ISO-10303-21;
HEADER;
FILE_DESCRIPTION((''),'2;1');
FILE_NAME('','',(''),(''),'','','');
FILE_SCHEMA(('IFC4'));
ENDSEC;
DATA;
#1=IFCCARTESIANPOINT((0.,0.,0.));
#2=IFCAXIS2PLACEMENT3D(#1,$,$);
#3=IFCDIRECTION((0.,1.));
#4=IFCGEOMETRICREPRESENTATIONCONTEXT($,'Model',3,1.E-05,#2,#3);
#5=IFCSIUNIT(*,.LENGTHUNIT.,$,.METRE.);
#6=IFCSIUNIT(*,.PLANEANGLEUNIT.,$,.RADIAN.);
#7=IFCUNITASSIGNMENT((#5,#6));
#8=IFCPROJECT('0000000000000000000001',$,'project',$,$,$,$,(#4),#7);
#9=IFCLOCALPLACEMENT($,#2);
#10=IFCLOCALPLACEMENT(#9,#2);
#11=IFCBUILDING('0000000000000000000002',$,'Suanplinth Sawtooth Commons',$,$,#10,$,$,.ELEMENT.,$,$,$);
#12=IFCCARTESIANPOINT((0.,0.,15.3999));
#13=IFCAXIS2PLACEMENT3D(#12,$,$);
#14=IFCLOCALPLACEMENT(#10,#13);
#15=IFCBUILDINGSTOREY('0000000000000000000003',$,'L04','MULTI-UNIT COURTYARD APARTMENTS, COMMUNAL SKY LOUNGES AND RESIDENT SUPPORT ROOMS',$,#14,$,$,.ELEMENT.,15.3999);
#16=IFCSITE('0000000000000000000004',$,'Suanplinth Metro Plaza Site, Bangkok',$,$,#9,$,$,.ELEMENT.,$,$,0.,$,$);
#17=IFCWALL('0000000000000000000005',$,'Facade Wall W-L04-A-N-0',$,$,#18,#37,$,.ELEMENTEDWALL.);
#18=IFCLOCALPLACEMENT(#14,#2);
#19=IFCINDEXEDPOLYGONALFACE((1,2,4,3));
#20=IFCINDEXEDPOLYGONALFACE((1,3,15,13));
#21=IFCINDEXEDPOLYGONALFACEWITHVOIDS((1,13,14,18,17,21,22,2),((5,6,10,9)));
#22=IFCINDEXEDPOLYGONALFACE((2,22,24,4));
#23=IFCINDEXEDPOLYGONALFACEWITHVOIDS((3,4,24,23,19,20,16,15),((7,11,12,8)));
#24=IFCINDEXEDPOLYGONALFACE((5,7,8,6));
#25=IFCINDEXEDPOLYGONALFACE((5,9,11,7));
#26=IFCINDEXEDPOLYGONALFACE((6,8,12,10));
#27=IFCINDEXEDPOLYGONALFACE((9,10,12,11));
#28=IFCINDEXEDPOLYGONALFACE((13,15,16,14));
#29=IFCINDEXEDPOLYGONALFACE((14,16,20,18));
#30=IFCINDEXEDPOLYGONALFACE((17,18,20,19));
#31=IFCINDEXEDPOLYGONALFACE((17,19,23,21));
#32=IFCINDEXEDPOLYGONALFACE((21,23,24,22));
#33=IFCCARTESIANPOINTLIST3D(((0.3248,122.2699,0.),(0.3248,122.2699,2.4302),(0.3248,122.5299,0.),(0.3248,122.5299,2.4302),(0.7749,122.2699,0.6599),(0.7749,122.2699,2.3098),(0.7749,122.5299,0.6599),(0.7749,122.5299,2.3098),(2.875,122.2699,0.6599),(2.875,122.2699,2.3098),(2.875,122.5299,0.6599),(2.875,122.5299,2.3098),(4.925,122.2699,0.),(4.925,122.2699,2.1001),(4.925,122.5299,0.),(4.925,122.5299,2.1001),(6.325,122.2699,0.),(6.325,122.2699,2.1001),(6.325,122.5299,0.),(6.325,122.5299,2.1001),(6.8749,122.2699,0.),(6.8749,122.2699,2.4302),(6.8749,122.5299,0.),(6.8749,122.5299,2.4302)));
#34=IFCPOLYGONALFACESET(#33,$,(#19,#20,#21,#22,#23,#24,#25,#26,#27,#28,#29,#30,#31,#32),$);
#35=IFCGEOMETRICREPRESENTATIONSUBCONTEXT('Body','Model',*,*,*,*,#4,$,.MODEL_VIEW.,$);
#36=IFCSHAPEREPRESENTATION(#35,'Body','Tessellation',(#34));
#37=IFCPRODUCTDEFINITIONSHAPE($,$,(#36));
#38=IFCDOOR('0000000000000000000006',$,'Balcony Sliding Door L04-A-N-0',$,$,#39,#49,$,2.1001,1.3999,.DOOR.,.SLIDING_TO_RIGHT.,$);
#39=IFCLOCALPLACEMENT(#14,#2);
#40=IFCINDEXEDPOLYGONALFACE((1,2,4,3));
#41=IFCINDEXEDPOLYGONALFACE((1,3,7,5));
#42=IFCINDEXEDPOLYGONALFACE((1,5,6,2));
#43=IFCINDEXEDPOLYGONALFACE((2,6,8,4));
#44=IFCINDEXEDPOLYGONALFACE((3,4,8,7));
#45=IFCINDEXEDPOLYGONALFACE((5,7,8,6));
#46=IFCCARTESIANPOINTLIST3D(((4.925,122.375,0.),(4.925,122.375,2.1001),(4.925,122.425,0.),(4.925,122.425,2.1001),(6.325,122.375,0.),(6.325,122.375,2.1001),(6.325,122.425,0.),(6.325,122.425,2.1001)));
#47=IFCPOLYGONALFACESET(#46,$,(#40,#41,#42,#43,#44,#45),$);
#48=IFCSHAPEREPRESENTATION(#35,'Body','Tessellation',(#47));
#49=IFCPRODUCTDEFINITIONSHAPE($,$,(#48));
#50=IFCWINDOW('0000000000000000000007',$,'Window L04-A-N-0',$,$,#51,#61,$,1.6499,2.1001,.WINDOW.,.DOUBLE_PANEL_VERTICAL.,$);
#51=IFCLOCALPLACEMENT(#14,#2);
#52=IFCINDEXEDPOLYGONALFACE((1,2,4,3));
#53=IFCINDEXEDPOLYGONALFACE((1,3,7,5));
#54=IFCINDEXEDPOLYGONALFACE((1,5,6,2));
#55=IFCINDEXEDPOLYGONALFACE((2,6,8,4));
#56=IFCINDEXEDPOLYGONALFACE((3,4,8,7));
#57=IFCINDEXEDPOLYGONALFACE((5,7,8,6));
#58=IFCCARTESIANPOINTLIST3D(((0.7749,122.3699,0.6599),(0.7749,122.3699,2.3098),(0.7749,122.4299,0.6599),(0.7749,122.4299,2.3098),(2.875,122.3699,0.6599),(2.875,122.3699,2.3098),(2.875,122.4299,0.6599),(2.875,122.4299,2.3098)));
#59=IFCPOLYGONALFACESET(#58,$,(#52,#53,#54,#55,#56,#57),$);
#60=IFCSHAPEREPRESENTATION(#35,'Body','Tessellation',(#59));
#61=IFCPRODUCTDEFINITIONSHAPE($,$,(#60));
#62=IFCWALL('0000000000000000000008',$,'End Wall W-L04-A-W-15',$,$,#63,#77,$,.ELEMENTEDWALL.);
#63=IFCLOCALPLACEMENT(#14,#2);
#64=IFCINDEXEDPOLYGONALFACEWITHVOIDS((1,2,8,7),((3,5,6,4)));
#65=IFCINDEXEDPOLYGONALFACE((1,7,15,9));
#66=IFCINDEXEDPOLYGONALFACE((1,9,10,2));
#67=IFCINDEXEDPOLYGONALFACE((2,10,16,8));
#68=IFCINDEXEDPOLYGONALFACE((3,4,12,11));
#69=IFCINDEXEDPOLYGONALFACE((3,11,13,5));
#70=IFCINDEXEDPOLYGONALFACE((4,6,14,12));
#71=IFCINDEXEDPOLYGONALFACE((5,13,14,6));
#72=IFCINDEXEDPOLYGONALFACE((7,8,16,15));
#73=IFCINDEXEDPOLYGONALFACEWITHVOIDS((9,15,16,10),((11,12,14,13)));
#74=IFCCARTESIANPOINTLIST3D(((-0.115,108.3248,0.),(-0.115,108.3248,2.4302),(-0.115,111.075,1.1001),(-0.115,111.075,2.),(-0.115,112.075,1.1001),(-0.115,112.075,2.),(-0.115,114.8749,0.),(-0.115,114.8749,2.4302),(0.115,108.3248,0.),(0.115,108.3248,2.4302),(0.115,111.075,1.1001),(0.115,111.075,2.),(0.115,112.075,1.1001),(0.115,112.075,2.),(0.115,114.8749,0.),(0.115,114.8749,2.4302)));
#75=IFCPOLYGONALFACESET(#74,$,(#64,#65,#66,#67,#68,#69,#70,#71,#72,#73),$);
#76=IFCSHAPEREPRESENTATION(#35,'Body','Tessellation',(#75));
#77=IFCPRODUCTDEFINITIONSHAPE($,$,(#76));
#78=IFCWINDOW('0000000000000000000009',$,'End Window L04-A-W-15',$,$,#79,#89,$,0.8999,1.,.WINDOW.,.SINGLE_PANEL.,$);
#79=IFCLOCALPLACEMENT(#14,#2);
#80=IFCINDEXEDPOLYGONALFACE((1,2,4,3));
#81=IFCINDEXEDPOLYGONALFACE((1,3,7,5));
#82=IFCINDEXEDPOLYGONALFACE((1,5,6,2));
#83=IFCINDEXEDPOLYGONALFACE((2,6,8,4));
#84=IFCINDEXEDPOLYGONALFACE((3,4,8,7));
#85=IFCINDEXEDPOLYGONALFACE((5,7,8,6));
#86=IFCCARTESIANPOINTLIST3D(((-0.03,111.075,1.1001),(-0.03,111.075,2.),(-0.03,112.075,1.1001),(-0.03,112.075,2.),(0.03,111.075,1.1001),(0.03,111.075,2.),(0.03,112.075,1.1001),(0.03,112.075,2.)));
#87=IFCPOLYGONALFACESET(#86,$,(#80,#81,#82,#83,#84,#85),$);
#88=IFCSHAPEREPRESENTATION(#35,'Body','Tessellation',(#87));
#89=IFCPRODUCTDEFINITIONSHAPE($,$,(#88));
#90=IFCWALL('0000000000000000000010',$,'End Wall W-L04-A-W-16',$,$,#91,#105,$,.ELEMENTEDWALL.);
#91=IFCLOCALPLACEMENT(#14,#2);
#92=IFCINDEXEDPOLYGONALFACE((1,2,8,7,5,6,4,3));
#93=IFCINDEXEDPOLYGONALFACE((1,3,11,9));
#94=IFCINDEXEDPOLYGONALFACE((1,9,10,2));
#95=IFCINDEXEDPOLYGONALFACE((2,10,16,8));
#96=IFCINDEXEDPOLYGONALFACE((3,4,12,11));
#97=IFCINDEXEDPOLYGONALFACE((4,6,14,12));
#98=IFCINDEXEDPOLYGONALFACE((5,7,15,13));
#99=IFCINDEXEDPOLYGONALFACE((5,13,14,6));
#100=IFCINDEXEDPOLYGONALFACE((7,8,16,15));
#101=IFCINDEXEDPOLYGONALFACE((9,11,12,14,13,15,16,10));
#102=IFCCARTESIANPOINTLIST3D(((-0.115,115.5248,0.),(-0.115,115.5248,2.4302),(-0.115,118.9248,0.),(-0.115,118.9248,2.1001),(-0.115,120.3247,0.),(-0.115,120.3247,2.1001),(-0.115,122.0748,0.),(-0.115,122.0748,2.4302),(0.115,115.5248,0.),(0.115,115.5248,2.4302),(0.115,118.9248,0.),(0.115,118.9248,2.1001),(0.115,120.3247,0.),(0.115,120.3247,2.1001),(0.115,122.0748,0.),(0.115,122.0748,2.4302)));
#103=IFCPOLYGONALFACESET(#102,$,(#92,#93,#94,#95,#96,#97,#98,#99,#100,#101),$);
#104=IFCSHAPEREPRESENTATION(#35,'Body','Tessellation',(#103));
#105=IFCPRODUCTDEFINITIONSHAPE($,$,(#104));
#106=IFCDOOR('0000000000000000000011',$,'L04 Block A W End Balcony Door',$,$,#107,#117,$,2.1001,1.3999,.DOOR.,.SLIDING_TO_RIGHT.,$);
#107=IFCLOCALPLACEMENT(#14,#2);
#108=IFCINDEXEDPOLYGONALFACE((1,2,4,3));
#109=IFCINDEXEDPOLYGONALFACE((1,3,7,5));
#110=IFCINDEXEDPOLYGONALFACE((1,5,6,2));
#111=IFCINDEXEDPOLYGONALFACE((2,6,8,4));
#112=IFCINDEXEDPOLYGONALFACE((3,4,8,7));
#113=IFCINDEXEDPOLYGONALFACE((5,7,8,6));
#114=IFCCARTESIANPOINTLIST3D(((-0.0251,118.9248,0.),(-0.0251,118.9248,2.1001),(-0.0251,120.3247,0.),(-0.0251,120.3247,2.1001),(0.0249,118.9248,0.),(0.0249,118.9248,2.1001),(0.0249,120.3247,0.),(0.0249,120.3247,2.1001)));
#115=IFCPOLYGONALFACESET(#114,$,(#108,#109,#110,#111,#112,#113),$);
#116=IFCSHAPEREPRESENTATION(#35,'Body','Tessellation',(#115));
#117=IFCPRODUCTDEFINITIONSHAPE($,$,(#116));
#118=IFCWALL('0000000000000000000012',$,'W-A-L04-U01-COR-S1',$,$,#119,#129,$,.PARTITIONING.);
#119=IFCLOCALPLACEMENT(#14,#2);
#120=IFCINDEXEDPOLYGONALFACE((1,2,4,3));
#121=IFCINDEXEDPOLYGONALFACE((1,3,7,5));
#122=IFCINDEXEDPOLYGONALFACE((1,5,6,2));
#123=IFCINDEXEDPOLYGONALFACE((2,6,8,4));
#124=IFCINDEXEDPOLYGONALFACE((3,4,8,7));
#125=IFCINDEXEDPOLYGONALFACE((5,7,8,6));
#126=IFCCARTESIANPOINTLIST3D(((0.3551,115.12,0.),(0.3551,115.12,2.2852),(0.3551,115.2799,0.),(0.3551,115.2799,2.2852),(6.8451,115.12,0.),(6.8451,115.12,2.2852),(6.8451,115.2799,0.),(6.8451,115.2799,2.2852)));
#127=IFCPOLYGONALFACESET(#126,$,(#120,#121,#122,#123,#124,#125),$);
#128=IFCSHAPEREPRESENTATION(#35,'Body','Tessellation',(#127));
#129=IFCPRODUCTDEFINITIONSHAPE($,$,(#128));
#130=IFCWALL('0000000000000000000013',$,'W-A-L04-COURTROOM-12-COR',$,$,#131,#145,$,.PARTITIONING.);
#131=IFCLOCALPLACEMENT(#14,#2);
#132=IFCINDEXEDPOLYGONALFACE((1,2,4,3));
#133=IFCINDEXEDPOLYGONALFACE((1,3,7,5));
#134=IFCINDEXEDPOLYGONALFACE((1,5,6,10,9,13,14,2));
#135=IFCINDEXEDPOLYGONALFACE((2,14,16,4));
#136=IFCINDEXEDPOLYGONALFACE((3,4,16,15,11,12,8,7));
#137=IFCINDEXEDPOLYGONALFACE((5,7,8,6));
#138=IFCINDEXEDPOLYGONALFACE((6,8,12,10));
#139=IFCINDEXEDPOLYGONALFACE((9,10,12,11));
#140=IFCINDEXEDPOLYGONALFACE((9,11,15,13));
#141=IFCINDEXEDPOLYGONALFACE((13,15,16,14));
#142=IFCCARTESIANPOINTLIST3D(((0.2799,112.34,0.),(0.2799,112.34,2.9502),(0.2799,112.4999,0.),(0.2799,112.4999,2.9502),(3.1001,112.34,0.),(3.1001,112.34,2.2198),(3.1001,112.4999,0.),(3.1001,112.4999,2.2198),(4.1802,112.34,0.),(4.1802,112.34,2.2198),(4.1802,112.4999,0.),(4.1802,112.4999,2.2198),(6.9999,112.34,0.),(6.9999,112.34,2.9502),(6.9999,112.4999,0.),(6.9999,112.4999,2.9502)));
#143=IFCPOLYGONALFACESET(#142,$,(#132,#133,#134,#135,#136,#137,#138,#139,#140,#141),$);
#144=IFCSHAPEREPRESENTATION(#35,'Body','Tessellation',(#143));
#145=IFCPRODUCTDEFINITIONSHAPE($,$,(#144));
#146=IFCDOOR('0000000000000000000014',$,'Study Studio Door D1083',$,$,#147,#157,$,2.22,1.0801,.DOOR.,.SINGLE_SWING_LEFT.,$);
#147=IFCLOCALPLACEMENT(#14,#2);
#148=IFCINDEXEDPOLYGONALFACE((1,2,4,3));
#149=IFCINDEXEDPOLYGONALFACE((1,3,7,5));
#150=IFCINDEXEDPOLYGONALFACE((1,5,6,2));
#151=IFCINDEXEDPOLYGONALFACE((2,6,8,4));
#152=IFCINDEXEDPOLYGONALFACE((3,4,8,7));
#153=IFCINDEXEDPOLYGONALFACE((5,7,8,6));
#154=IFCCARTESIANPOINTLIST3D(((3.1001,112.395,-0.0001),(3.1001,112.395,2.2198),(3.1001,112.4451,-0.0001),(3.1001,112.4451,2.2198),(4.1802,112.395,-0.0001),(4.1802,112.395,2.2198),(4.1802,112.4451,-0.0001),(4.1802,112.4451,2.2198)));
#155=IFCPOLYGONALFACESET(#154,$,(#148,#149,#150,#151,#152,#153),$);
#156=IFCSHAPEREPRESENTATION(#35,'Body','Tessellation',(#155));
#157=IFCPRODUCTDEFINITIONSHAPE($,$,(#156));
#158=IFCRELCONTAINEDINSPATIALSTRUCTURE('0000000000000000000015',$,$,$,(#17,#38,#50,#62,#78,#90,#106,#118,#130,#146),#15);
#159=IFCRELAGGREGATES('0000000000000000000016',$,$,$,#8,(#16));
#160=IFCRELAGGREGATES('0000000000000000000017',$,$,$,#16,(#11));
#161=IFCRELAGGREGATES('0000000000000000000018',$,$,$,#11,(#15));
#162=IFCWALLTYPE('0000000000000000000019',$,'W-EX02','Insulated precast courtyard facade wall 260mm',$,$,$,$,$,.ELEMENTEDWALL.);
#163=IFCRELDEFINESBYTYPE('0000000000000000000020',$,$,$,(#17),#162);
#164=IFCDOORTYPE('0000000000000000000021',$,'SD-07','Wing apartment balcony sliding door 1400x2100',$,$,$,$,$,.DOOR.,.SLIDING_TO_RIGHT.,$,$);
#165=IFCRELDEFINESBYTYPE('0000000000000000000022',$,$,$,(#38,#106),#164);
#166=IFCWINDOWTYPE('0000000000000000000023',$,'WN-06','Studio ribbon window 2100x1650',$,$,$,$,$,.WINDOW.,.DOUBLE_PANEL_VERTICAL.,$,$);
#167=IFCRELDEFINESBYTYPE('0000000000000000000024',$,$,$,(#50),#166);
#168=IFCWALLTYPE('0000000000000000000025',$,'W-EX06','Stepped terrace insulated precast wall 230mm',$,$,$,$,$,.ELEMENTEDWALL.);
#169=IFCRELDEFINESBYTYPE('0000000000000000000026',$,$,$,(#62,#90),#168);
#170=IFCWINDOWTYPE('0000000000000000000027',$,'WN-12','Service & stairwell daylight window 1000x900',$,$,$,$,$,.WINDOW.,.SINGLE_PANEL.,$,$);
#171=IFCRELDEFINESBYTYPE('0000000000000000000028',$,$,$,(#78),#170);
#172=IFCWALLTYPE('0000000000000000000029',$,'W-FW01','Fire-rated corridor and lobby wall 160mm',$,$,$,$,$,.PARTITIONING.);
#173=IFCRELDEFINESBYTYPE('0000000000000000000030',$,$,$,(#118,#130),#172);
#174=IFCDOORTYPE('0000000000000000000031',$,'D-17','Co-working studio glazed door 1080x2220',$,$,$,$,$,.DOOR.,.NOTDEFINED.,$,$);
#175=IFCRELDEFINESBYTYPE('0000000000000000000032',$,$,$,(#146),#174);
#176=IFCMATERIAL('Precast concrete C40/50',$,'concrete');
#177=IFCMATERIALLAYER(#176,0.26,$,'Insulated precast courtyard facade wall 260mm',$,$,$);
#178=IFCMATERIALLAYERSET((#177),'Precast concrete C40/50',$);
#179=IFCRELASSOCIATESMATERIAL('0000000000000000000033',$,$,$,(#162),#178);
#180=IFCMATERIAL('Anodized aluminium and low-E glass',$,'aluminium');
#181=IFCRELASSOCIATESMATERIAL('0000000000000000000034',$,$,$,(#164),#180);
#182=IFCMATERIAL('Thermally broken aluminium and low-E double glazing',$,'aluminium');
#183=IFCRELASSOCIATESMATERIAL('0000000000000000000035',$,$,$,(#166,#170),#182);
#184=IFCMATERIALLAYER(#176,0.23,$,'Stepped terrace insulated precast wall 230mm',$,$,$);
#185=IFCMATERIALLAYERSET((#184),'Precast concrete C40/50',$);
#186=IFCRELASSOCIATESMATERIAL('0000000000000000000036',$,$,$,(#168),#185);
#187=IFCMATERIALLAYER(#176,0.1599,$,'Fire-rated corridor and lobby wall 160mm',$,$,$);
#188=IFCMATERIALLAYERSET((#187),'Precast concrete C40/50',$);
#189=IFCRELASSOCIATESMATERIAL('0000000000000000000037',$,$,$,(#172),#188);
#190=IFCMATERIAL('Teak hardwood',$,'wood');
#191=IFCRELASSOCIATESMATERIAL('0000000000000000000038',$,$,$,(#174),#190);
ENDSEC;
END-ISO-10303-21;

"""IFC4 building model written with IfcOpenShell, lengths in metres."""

from ifc_helpers import new_model, si_unit, direction, frame, frame_2d, origin, place, context, subcontext, project, spatial, rectangle, extrude, material, layer, layer_set, type_object, element, fill, save


model = new_model("IFC4")

# Units and contexts
model_context = context("Model", 3, precision=1e-05, world=origin(), true_north=direction((0.0, 1.0)))
body_context = subcontext(model_context, "Body", "Model", "MODEL_VIEW")
ifc_project = project(units=[si_unit("LENGTHUNIT", "METRE"), si_unit("PLANEANGLEUNIT", "RADIAN")], contexts=[model_context])

# Site, building, storey
site_placement = place(None, origin())
site = spatial("IfcSite", under=ifc_project, at=site_placement, Name="Suanplinth Metro Plaza Site, Bangkok", CompositionType="ELEMENT", RefElevation=0.0)
building_placement = place(site_placement, origin())
building = spatial("IfcBuilding", under=site, at=building_placement, Name="Suanplinth Sawtooth Commons", CompositionType="ELEMENT")
storey_placement = place(building_placement, frame((0.0, 0.0, 15.3999)))
storey = spatial("IfcBuildingStorey", under=building, at=storey_placement, Name="L04", Description="MULTI-UNIT COURTYARD APARTMENTS, COMMUNAL SKY LOUNGES AND RESIDENT SUPPORT ROOMS", CompositionType="ELEMENT", Elevation=15.3999)

# Shared definitions
ifc_material_1 = material(Name="Precast concrete C40/50", Category="concrete")

# Wall, openings, door, window
ifc_layer_1 = layer(ifc_material_1, 0.26, Name="Insulated precast courtyard facade wall 260mm")
ifc_layer_set_1 = layer_set([ifc_layer_1], Name="Precast concrete C40/50")
wall_type_1 = type_object("IfcWallType", Name="W-EX02", Description="Insulated precast courtyard facade wall 260mm", PredefinedType="ELEMENTEDWALL", material=ifc_layer_set_1)
wall_1_placement = place(storey_placement, frame((0.325, 122.3999, 0.0), z_axis=(0.0, 0.0, 1.0), x_axis=(1.0, 0.0, 0.0)))
wall_1 = element("IfcWall", 1, at=wall_1_placement, inside=storey, type_object=wall_type_1, Name="Facade Wall W-L04-A-N-0", PredefinedType="ELEMENTEDWALL", context=body_context, shape_type="SweptSolid", body=[
    extrude(rectangle(XDim=6.55, YDim=0.26, at=frame_2d((3.2749, 0.0))), origin(), (0.0, 0.0, 1.0), 2.4302),
])
opening_1_placement = place(wall_1_placement, frame((4.6001, 0.0, 0.0)))
opening_1 = element("IfcOpeningElement", 2, at=opening_1_placement, cuts=wall_1, PredefinedType="OPENING", context=body_context, shape_type="SweptSolid", body=[
    extrude(rectangle(XDim=1.3999, YDim=2.1001, at=frame_2d((0.7, 1.05))), frame((0.0, 0.145, 0.0), z_axis=(0.0, -1.0, 0.0), x_axis=(1.0, 0.0, 0.0)), (0.0, 0.0, 1.0), 0.2898),
])
opening_2_placement = place(wall_1_placement, frame((0.45, 0.0, 0.6599)))
opening_2 = element("IfcOpeningElement", 3, at=opening_2_placement, cuts=wall_1, PredefinedType="OPENING", context=body_context, shape_type="SweptSolid", body=[
    extrude(rectangle(XDim=2.1001, YDim=1.6499, at=frame_2d((1.05, 0.825))), frame((0.0, 0.145, 0.0), z_axis=(0.0, -1.0, 0.0), x_axis=(1.0, 0.0, 0.0)), (0.0, 0.0, 1.0), 0.2898),
])
ifc_material_2 = material(Name="Anodized aluminium and low-E glass", Category="aluminium")
door_type_1 = type_object("IfcDoorType", Name="SD-07", Description="Wing apartment balcony sliding door 1400x2100", OperationType="SLIDING_TO_RIGHT", PredefinedType="DOOR", material=ifc_material_2)
door_1_placement = place(opening_1_placement, frame((1.3999, 0.0, 0.0), z_axis=(0.0, 0.0, 1.0), x_axis=(-1.0, 0.0, 0.0)))
door_1 = element("IfcDoor", 4, at=door_1_placement, inside=storey, type_object=door_type_1, Name="Balcony Sliding Door L04-A-N-0", OperationType="SLIDING_TO_RIGHT", OverallHeight=2.1001, OverallWidth=1.3999, PredefinedType="DOOR", context=body_context, shape_type="SweptSolid", body=[
    extrude(rectangle(XDim=1.3999, YDim=2.1001, at=frame_2d((0.7, 1.05))), frame((0.0, 0.0249, 0.0), z_axis=(0.0, -1.0, 0.0), x_axis=(1.0, 0.0, 0.0)), (0.0, 0.0, 1.0), 0.05),
])
fill(opening_1, door_1)
ifc_material_3 = material(Name="Thermally broken aluminium and low-E double glazing", Category="aluminium")
window_type_1 = type_object("IfcWindowType", Name="WN-06", Description="Studio ribbon window 2100x1650", PartitioningType="DOUBLE_PANEL_VERTICAL", PredefinedType="WINDOW", material=ifc_material_3)
window_1_placement = place(opening_2_placement, origin())
window_1 = element("IfcWindow", 5, at=window_1_placement, inside=storey, type_object=window_type_1, Name="Window L04-A-N-0", OverallHeight=1.6499, OverallWidth=2.1001, PartitioningType="DOUBLE_PANEL_VERTICAL", PredefinedType="WINDOW", context=body_context, shape_type="SweptSolid", body=[
    extrude(rectangle(XDim=2.1001, YDim=1.6499, at=frame_2d((1.05, 0.825))), frame((0.0, 0.03, 0.0), z_axis=(0.0, -1.0, 0.0), x_axis=(1.0, 0.0, 0.0)), (0.0, 0.0, 1.0), 0.0601),
])
fill(opening_2, window_1)

# Wall, opening, window
ifc_layer_2 = layer(ifc_material_1, 0.23, Name="Stepped terrace insulated precast wall 230mm")
ifc_layer_set_2 = layer_set([ifc_layer_2], Name="Precast concrete C40/50")
wall_type_2 = type_object("IfcWallType", Name="W-EX06", Description="Stepped terrace insulated precast wall 230mm", PredefinedType="ELEMENTEDWALL", material=ifc_layer_set_2)
wall_2_placement = place(storey_placement, frame((0.0, 108.325, 0.0), z_axis=(0.0, 0.0, 1.0), x_axis=(0.0, 1.0, 0.0)))
wall_2 = element("IfcWall", 6, at=wall_2_placement, inside=storey, type_object=wall_type_2, Name="End Wall W-L04-A-W-15", PredefinedType="ELEMENTEDWALL", context=body_context, shape_type="SweptSolid", body=[
    extrude(rectangle(XDim=6.55, YDim=0.23, at=frame_2d((3.2749, 0.0))), origin(), (0.0, 0.0, 1.0), 2.4302),
])
opening_3_placement = place(wall_2_placement, frame((2.75, 0.0, 1.1001)))
opening_3 = element("IfcOpeningElement", 7, at=opening_3_placement, cuts=wall_2, PredefinedType="OPENING", context=body_context, shape_type="SweptSolid", body=[
    extrude(rectangle(XDim=1.0, YDim=0.8999, at=frame_2d((0.5, 0.45))), frame((0.0, 0.1299, 0.0), z_axis=(0.0, -1.0, 0.0), x_axis=(1.0, 0.0, 0.0)), (0.0, 0.0, 1.0), 0.2598),
])
window_type_2 = type_object("IfcWindowType", Name="WN-12", Description="Service & stairwell daylight window 1000x900", PartitioningType="SINGLE_PANEL", PredefinedType="WINDOW", material=ifc_material_3)
window_2_placement = place(opening_3_placement, origin())
window_2 = element("IfcWindow", 8, at=window_2_placement, inside=storey, type_object=window_type_2, Name="End Window L04-A-W-15", OverallHeight=0.8999, OverallWidth=1.0, PartitioningType="SINGLE_PANEL", PredefinedType="WINDOW", context=body_context, shape_type="SweptSolid", body=[
    extrude(rectangle(XDim=1.0, YDim=0.8999, at=frame_2d((0.5, 0.45))), frame((0.0, 0.03, 0.0), z_axis=(0.0, -1.0, 0.0), x_axis=(1.0, 0.0, 0.0)), (0.0, 0.0, 1.0), 0.0601),
])
fill(opening_3, window_2)

# Wall, opening, door
wall_3_placement = place(storey_placement, frame((0.0, 115.5249, 0.0), z_axis=(0.0, 0.0, 1.0), x_axis=(0.0, 1.0, 0.0)))
wall_3 = element("IfcWall", 9, at=wall_3_placement, inside=storey, type_object=wall_type_2, Name="End Wall W-L04-A-W-16", PredefinedType="ELEMENTEDWALL", context=body_context, shape_type="SweptSolid", body=[
    extrude(rectangle(XDim=6.55, YDim=0.23, at=frame_2d((3.2749, 0.0))), origin(), (0.0, 0.0, 1.0), 2.4302),
])
opening_4_placement = place(wall_3_placement, frame((3.3999, 0.0, 0.0)))
opening_4 = element("IfcOpeningElement", 10, at=opening_4_placement, cuts=wall_3, PredefinedType="OPENING", context=body_context, shape_type="SweptSolid", body=[
    extrude(rectangle(XDim=1.3999, YDim=2.1001, at=frame_2d((0.7, 1.05))), frame((0.0, 0.1299, 0.0), z_axis=(0.0, -1.0, 0.0), x_axis=(1.0, 0.0, 0.0)), (0.0, 0.0, 1.0), 0.2598),
])
door_2_placement = place(opening_4_placement, frame((1.3999, 0.0, 0.0), z_axis=(0.0, 0.0, 1.0), x_axis=(-1.0, 0.0, 0.0)))
door_2 = element("IfcDoor", 11, at=door_2_placement, inside=storey, type_object=door_type_1, Name="L04 Block A W End Balcony Door", OperationType="SLIDING_TO_RIGHT", OverallHeight=2.1001, OverallWidth=1.3999, PredefinedType="DOOR", context=body_context, shape_type="SweptSolid", body=[
    extrude(rectangle(XDim=1.3999, YDim=2.1001, at=frame_2d((0.7, 1.05))), frame((0.0, 0.0249, 0.0), z_axis=(0.0, -1.0, 0.0), x_axis=(1.0, 0.0, 0.0)), (0.0, 0.0, 1.0), 0.05),
])
fill(opening_4, door_2)

# Wall
ifc_layer_3 = layer(ifc_material_1, 0.1599, Name="Fire-rated corridor and lobby wall 160mm")
ifc_layer_set_3 = layer_set([ifc_layer_3], Name="Precast concrete C40/50")
wall_type_3 = type_object("IfcWallType", Name="W-FW01", Description="Fire-rated corridor and lobby wall 160mm", PredefinedType="PARTITIONING", material=ifc_layer_set_3)
wall_4_placement = place(storey_placement, frame((0.355, 115.2, 0.0), z_axis=(0.0, 0.0, 1.0), x_axis=(1.0, 0.0, 0.0)))
element("IfcWall", 12, at=wall_4_placement, inside=storey, type_object=wall_type_3, Name="W-A-L04-U01-COR-S1", PredefinedType="PARTITIONING", context=body_context, shape_type="SweptSolid", body=[
    extrude(rectangle(XDim=6.49, YDim=0.1599, at=frame_2d((3.2451, 0.0))), origin(), (0.0, 0.0, 1.0), 2.2852),
])

# Wall, opening, door
wall_5_placement = place(storey_placement, frame((0.28, 112.4199, 0.0), z_axis=(0.0, 0.0, 1.0), x_axis=(1.0, 0.0, 0.0)))
wall_5 = element("IfcWall", 13, at=wall_5_placement, inside=storey, type_object=wall_type_3, Name="W-A-L04-COURTROOM-12-COR", PredefinedType="PARTITIONING", context=body_context, shape_type="SweptSolid", body=[
    extrude(rectangle(XDim=6.72, YDim=0.1599, at=frame_2d((3.3599, 0.0))), origin(), (0.0, 0.0, 1.0), 2.9502),
])
opening_5_placement = place(wall_5_placement, frame((2.8201, 0.0, 0.0)))
opening_5 = element("IfcOpeningElement", 14, at=opening_5_placement, cuts=wall_5, PredefinedType="OPENING", context=body_context, shape_type="SweptSolid", body=[
    extrude(rectangle(XDim=1.0801, YDim=2.22, at=frame_2d((0.54, 1.1099))), frame((0.0, 0.0947, 0.0), z_axis=(0.0, -1.0, 0.0), x_axis=(1.0, 0.0, 0.0)), (0.0, 0.0, 1.0), 0.1897),
])
ifc_material_4 = material(Name="Teak hardwood", Category="wood")
door_type_2 = type_object("IfcDoorType", Name="D-17", Description="Co-working studio glazed door 1080x2220", OperationType="NOTDEFINED", PredefinedType="DOOR", material=ifc_material_4)
door_3_placement = place(opening_5_placement, frame((1.0801, 0.0, 0.0), z_axis=(0.0, 0.0, 1.0), x_axis=(-1.0, 0.0, 0.0)))
door_3 = element("IfcDoor", 15, at=door_3_placement, inside=storey, type_object=door_type_2, Name="Study Studio Door D1083", OperationType="SINGLE_SWING_LEFT", OverallHeight=2.22, OverallWidth=1.0801, PredefinedType="DOOR", context=body_context, shape_type="SweptSolid", body=[
    extrude(rectangle(XDim=1.0801, YDim=2.22, at=frame_2d((0.54, 1.1099))), frame((0.0, 0.0249, 0.0), z_axis=(0.0, -1.0, 0.0), x_axis=(1.0, 0.0, 0.0)), (0.0, 0.0, 1.0), 0.05),
])
fill(opening_5, door_3)

save(model, "model.ifc")
